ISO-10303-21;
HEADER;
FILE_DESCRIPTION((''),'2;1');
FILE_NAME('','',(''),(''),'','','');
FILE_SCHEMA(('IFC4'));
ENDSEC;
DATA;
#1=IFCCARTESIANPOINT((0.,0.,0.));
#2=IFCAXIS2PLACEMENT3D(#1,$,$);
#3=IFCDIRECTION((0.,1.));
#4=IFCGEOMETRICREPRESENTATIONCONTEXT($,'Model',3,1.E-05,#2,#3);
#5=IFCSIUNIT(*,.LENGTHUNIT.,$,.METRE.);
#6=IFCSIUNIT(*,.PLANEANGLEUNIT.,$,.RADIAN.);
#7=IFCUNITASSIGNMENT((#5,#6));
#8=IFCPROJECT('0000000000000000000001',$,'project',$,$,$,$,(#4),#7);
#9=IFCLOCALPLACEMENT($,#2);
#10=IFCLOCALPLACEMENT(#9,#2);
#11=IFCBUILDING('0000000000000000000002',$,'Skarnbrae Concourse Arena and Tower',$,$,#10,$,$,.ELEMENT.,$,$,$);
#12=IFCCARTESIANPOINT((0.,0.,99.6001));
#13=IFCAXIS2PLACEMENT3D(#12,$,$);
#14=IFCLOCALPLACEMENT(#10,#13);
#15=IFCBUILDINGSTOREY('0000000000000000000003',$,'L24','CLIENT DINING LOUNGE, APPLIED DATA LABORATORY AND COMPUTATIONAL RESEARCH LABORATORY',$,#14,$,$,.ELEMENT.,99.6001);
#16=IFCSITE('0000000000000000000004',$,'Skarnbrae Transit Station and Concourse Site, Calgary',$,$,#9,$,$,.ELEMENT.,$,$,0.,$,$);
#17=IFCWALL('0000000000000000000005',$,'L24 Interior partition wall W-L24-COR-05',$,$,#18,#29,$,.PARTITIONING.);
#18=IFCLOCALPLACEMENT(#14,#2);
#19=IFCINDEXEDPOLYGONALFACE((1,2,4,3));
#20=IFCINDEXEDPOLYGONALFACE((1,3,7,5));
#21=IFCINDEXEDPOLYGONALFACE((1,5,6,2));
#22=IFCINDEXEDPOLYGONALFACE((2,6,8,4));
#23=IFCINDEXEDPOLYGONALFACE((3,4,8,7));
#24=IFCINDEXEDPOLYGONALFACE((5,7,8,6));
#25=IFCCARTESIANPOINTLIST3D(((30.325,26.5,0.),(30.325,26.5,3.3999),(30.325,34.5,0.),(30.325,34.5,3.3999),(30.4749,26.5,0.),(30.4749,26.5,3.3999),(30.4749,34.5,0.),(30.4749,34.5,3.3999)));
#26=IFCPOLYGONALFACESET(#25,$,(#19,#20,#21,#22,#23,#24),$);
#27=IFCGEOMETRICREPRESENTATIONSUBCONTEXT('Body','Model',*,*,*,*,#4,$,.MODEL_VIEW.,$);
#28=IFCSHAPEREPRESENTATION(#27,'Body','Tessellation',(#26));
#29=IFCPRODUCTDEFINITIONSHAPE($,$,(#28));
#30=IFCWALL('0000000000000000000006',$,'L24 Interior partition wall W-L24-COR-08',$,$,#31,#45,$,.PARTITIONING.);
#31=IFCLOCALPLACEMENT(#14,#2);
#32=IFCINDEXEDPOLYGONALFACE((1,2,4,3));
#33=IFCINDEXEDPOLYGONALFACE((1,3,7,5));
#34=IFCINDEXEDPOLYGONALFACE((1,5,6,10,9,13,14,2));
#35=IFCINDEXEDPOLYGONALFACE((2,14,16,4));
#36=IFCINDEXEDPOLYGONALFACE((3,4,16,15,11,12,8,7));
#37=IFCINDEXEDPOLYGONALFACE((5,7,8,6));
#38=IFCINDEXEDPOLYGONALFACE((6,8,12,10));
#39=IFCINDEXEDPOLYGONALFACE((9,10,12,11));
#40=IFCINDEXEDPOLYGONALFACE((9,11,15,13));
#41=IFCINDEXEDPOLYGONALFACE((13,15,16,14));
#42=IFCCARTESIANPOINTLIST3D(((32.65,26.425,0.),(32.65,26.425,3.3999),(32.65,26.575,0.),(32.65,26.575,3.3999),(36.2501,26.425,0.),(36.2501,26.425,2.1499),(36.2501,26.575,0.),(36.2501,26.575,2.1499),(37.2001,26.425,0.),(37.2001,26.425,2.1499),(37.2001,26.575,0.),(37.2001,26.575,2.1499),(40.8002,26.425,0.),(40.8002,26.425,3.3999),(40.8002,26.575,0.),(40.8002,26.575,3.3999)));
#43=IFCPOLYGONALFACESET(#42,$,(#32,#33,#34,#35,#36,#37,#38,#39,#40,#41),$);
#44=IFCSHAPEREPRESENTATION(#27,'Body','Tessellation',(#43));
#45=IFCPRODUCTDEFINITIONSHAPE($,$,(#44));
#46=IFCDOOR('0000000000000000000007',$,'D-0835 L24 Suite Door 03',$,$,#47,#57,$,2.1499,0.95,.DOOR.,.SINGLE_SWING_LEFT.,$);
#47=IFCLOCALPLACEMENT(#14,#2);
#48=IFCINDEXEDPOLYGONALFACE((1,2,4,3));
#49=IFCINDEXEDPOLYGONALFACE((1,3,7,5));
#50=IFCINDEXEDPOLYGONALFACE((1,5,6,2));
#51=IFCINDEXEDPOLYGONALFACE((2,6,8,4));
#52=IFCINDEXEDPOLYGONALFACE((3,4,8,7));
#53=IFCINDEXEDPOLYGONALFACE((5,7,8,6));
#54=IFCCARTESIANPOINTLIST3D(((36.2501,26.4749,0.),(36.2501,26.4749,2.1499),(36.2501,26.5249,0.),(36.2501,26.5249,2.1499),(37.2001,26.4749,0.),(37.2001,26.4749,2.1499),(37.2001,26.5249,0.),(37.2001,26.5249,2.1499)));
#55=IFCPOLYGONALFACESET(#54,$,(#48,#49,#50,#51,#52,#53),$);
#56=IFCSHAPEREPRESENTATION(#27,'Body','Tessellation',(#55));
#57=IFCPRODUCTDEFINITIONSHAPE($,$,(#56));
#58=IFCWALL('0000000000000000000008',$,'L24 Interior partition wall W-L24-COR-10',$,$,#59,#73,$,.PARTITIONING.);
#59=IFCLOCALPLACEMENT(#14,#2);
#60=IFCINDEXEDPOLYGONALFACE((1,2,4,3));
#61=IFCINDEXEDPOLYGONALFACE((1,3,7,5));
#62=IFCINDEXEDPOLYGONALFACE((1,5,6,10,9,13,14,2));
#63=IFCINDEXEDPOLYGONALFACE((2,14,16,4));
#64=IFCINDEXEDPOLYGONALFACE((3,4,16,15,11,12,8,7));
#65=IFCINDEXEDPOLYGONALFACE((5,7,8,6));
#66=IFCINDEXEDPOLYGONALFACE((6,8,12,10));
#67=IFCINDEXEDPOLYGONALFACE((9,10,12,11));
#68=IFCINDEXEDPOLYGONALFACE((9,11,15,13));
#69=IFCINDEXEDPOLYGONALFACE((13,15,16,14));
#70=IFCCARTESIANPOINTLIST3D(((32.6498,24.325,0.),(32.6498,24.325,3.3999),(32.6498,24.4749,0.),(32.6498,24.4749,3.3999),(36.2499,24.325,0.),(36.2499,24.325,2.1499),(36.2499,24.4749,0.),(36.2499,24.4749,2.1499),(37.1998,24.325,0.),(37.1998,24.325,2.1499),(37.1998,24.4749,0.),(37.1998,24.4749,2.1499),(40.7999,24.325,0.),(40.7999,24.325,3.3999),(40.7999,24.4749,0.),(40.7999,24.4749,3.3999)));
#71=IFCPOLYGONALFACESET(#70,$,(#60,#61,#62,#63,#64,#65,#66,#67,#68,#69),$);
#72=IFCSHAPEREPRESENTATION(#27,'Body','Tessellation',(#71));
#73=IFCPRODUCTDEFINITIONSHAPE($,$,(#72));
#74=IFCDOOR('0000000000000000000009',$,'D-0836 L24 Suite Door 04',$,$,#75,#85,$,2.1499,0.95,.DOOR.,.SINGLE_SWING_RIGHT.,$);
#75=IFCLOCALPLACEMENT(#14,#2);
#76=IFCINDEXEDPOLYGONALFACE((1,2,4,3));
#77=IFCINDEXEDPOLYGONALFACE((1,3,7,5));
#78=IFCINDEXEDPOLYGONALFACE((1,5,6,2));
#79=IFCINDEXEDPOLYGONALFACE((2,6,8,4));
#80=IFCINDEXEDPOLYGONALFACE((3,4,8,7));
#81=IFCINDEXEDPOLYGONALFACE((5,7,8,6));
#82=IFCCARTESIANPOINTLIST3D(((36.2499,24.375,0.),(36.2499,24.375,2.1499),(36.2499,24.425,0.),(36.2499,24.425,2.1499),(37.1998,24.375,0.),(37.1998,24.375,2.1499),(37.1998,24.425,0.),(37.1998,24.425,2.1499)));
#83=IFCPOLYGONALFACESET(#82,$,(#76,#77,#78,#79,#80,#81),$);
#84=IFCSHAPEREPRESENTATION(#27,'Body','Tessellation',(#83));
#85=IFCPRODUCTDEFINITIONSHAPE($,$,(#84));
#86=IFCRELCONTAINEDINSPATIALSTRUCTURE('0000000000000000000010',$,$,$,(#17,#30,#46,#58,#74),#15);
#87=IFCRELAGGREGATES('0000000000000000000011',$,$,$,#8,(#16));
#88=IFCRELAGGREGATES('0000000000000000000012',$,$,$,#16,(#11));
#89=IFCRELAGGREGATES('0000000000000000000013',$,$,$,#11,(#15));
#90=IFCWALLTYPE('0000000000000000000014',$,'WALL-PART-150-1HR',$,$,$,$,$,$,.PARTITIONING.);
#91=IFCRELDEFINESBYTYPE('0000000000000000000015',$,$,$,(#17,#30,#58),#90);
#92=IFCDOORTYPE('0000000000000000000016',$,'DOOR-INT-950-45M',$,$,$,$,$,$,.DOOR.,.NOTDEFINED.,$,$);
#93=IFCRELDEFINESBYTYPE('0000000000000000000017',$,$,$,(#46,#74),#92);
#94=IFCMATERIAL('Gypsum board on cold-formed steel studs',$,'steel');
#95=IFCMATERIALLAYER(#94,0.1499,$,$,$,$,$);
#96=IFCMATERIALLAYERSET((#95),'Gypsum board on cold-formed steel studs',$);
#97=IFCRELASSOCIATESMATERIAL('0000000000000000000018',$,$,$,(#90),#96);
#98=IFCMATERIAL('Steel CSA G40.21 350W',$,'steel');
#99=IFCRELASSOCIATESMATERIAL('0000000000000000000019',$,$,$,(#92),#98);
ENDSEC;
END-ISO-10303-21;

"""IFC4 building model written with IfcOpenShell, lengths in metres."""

from ifc_helpers import new_model, si_unit, direction, frame, frame_2d, origin, place, context, subcontext, project, spatial, rectangle, extrude, source, transform, mapped, material, layer, layer_set, type_object, element, fill, save


model = new_model("IFC4")

# Units and contexts
model_context = context("Model", 3, precision=1e-05, world=origin(), true_north=direction((0.0, 1.0)))
body_context = subcontext(model_context, "Body", "Model", "MODEL_VIEW")
ifc_project = project(units=[si_unit("LENGTHUNIT", "METRE"), si_unit("PLANEANGLEUNIT", "RADIAN")], contexts=[model_context])

# Site, building, storey
site_placement = place(None, origin())
site = spatial("IfcSite", under=ifc_project, at=site_placement, Name="Skarnbrae Transit Station and Concourse Site, Calgary", CompositionType="ELEMENT", RefElevation=0.0)
building_placement = place(site_placement, origin())
building = spatial("IfcBuilding", under=site, at=building_placement, Name="Skarnbrae Concourse Arena and Tower", CompositionType="ELEMENT")
storey_placement = place(building_placement, frame((0.0, 0.0, 99.6001)))
storey = spatial("IfcBuildingStorey", under=building, at=storey_placement, Name="L24", Description="CLIENT DINING LOUNGE, APPLIED DATA LABORATORY AND COMPUTATIONAL RESEARCH LABORATORY", CompositionType="ELEMENT", Elevation=99.6001)

# Shared definitions
ifc_material_1 = material(Name="Steel CSA G40.21 350W", Category="steel")

# Wall
ifc_material_2 = material(Name="Gypsum board on cold-formed steel studs", Category="steel")
ifc_layer = layer(ifc_material_2, 0.1499)
ifc_layer_set = layer_set([ifc_layer], Name="Gypsum board on cold-formed steel studs")
wall_type = type_object("IfcWallType", Name="WALL-PART-150-1HR", PredefinedType="PARTITIONING", material=ifc_layer_set)
shared_shape_1 = source(origin(), body_context, "Body", "SweptSolid", [
    extrude(rectangle(XDim=8.0, YDim=0.1499, at=frame_2d((4.0, 0.0))), origin(), (0.0, 0.0, 1.0), 3.3999),
])
wall_1_placement = place(storey_placement, frame((30.3999, 26.5, 0.0), z_axis=(0.0, 0.0, 1.0), x_axis=(0.0, 1.0, 0.0)))
element("IfcWall", 1, at=wall_1_placement, inside=storey, type_object=wall_type, Name="L24 Interior partition wall W-L24-COR-05", PredefinedType="PARTITIONING", context=body_context, shape_type="MappedRepresentation", body=[
    mapped(shared_shape_1, transform((0.0, 0.0, 0.0))),
])

# Walls, openings, doors
shared_shape_2 = source(origin(), body_context, "Body", "SweptSolid", [
    extrude(rectangle(XDim=8.1501, YDim=0.1499, at=frame_2d((4.0752, 0.0))), origin(), (0.0, 0.0, 1.0), 3.3999),
])
wall_2_placement = place(storey_placement, frame((32.6499, 26.5, 0.0), z_axis=(0.0, 0.0, 1.0), x_axis=(1.0, 0.0, 0.0)))
wall_2 = element("IfcWall", 2, at=wall_2_placement, inside=storey, type_object=wall_type, Name="L24 Interior partition wall W-L24-COR-08", PredefinedType="PARTITIONING", context=body_context, shape_type="MappedRepresentation", body=[
    mapped(shared_shape_2, transform((0.0, 0.0, 0.0))),
])
opening_1_placement = place(wall_2_placement, frame((3.6001, 0.0, 0.0)))
opening_1 = element("IfcOpeningElement", 3, at=opening_1_placement, cuts=wall_2, PredefinedType="OPENING", context=body_context, shape_type="SweptSolid", body=[
    extrude(rectangle(XDim=0.95, YDim=2.1499, at=frame_2d((0.4751, 1.075))), frame((0.0, 0.085, 0.0), z_axis=(0.0, -1.0, 0.0), x_axis=(1.0, 0.0, 0.0)), (0.0, 0.0, 1.0), 0.1699),
])
door_type = type_object("IfcDoorType", Name="DOOR-INT-950-45M", OperationType="NOTDEFINED", PredefinedType="DOOR", material=ifc_material_1)
shared_shape_3 = source(origin(), body_context, "Body", "SweptSolid", [
    extrude(rectangle(XDim=0.95, YDim=2.1499, at=frame_2d((0.4751, 1.075))), frame((0.0, 0.0249, 0.0), z_axis=(0.0, -1.0, 0.0), x_axis=(1.0, 0.0, 0.0)), (0.0, 0.0, 1.0), 0.05),
])
door_1_placement = place(opening_1_placement, origin())
door_1 = element("IfcDoor", 4, at=door_1_placement, inside=storey, type_object=door_type, Name="D-0835 L24 Suite Door 03", OperationType="SINGLE_SWING_LEFT", OverallHeight=2.1499, OverallWidth=0.95, PredefinedType="DOOR", context=body_context, shape_type="MappedRepresentation", body=[
    mapped(shared_shape_3, transform((0.0, 0.0, 0.0))),
])
fill(opening_1, door_1)
wall_3_placement = place(storey_placement, frame((40.8, 24.3999, 0.0), z_axis=(0.0, 0.0, 1.0), x_axis=(-1.0, 0.0, 0.0)))
wall_3 = element("IfcWall", 5, at=wall_3_placement, inside=storey, type_object=wall_type, Name="L24 Interior partition wall W-L24-COR-10", PredefinedType="PARTITIONING", context=body_context, shape_type="MappedRepresentation", body=[
    mapped(shared_shape_2, transform((0.0, 0.0, 0.0))),
])
opening_2_placement = place(wall_3_placement, frame((3.6001, 0.0, 0.0)))
opening_2 = element("IfcOpeningElement", 6, at=opening_2_placement, cuts=wall_3, PredefinedType="OPENING", context=body_context, shape_type="SweptSolid", body=[
    extrude(rectangle(XDim=0.95, YDim=2.1499, at=frame_2d((0.4751, 1.075))), frame((0.0, 0.085, 0.0), z_axis=(0.0, -1.0, 0.0), x_axis=(1.0, 0.0, 0.0)), (0.0, 0.0, 1.0), 0.1699),
])
door_2_placement = place(opening_2_placement, origin())
door_2 = element("IfcDoor", 7, at=door_2_placement, inside=storey, type_object=door_type, Name="D-0836 L24 Suite Door 04", OperationType="SINGLE_SWING_RIGHT", OverallHeight=2.1499, OverallWidth=0.95, PredefinedType="DOOR", context=body_context, shape_type="MappedRepresentation", body=[
    mapped(shared_shape_3, transform((0.0, 0.0, 0.0))),
])
fill(opening_2, door_2)

save(model, "model.ifc")
